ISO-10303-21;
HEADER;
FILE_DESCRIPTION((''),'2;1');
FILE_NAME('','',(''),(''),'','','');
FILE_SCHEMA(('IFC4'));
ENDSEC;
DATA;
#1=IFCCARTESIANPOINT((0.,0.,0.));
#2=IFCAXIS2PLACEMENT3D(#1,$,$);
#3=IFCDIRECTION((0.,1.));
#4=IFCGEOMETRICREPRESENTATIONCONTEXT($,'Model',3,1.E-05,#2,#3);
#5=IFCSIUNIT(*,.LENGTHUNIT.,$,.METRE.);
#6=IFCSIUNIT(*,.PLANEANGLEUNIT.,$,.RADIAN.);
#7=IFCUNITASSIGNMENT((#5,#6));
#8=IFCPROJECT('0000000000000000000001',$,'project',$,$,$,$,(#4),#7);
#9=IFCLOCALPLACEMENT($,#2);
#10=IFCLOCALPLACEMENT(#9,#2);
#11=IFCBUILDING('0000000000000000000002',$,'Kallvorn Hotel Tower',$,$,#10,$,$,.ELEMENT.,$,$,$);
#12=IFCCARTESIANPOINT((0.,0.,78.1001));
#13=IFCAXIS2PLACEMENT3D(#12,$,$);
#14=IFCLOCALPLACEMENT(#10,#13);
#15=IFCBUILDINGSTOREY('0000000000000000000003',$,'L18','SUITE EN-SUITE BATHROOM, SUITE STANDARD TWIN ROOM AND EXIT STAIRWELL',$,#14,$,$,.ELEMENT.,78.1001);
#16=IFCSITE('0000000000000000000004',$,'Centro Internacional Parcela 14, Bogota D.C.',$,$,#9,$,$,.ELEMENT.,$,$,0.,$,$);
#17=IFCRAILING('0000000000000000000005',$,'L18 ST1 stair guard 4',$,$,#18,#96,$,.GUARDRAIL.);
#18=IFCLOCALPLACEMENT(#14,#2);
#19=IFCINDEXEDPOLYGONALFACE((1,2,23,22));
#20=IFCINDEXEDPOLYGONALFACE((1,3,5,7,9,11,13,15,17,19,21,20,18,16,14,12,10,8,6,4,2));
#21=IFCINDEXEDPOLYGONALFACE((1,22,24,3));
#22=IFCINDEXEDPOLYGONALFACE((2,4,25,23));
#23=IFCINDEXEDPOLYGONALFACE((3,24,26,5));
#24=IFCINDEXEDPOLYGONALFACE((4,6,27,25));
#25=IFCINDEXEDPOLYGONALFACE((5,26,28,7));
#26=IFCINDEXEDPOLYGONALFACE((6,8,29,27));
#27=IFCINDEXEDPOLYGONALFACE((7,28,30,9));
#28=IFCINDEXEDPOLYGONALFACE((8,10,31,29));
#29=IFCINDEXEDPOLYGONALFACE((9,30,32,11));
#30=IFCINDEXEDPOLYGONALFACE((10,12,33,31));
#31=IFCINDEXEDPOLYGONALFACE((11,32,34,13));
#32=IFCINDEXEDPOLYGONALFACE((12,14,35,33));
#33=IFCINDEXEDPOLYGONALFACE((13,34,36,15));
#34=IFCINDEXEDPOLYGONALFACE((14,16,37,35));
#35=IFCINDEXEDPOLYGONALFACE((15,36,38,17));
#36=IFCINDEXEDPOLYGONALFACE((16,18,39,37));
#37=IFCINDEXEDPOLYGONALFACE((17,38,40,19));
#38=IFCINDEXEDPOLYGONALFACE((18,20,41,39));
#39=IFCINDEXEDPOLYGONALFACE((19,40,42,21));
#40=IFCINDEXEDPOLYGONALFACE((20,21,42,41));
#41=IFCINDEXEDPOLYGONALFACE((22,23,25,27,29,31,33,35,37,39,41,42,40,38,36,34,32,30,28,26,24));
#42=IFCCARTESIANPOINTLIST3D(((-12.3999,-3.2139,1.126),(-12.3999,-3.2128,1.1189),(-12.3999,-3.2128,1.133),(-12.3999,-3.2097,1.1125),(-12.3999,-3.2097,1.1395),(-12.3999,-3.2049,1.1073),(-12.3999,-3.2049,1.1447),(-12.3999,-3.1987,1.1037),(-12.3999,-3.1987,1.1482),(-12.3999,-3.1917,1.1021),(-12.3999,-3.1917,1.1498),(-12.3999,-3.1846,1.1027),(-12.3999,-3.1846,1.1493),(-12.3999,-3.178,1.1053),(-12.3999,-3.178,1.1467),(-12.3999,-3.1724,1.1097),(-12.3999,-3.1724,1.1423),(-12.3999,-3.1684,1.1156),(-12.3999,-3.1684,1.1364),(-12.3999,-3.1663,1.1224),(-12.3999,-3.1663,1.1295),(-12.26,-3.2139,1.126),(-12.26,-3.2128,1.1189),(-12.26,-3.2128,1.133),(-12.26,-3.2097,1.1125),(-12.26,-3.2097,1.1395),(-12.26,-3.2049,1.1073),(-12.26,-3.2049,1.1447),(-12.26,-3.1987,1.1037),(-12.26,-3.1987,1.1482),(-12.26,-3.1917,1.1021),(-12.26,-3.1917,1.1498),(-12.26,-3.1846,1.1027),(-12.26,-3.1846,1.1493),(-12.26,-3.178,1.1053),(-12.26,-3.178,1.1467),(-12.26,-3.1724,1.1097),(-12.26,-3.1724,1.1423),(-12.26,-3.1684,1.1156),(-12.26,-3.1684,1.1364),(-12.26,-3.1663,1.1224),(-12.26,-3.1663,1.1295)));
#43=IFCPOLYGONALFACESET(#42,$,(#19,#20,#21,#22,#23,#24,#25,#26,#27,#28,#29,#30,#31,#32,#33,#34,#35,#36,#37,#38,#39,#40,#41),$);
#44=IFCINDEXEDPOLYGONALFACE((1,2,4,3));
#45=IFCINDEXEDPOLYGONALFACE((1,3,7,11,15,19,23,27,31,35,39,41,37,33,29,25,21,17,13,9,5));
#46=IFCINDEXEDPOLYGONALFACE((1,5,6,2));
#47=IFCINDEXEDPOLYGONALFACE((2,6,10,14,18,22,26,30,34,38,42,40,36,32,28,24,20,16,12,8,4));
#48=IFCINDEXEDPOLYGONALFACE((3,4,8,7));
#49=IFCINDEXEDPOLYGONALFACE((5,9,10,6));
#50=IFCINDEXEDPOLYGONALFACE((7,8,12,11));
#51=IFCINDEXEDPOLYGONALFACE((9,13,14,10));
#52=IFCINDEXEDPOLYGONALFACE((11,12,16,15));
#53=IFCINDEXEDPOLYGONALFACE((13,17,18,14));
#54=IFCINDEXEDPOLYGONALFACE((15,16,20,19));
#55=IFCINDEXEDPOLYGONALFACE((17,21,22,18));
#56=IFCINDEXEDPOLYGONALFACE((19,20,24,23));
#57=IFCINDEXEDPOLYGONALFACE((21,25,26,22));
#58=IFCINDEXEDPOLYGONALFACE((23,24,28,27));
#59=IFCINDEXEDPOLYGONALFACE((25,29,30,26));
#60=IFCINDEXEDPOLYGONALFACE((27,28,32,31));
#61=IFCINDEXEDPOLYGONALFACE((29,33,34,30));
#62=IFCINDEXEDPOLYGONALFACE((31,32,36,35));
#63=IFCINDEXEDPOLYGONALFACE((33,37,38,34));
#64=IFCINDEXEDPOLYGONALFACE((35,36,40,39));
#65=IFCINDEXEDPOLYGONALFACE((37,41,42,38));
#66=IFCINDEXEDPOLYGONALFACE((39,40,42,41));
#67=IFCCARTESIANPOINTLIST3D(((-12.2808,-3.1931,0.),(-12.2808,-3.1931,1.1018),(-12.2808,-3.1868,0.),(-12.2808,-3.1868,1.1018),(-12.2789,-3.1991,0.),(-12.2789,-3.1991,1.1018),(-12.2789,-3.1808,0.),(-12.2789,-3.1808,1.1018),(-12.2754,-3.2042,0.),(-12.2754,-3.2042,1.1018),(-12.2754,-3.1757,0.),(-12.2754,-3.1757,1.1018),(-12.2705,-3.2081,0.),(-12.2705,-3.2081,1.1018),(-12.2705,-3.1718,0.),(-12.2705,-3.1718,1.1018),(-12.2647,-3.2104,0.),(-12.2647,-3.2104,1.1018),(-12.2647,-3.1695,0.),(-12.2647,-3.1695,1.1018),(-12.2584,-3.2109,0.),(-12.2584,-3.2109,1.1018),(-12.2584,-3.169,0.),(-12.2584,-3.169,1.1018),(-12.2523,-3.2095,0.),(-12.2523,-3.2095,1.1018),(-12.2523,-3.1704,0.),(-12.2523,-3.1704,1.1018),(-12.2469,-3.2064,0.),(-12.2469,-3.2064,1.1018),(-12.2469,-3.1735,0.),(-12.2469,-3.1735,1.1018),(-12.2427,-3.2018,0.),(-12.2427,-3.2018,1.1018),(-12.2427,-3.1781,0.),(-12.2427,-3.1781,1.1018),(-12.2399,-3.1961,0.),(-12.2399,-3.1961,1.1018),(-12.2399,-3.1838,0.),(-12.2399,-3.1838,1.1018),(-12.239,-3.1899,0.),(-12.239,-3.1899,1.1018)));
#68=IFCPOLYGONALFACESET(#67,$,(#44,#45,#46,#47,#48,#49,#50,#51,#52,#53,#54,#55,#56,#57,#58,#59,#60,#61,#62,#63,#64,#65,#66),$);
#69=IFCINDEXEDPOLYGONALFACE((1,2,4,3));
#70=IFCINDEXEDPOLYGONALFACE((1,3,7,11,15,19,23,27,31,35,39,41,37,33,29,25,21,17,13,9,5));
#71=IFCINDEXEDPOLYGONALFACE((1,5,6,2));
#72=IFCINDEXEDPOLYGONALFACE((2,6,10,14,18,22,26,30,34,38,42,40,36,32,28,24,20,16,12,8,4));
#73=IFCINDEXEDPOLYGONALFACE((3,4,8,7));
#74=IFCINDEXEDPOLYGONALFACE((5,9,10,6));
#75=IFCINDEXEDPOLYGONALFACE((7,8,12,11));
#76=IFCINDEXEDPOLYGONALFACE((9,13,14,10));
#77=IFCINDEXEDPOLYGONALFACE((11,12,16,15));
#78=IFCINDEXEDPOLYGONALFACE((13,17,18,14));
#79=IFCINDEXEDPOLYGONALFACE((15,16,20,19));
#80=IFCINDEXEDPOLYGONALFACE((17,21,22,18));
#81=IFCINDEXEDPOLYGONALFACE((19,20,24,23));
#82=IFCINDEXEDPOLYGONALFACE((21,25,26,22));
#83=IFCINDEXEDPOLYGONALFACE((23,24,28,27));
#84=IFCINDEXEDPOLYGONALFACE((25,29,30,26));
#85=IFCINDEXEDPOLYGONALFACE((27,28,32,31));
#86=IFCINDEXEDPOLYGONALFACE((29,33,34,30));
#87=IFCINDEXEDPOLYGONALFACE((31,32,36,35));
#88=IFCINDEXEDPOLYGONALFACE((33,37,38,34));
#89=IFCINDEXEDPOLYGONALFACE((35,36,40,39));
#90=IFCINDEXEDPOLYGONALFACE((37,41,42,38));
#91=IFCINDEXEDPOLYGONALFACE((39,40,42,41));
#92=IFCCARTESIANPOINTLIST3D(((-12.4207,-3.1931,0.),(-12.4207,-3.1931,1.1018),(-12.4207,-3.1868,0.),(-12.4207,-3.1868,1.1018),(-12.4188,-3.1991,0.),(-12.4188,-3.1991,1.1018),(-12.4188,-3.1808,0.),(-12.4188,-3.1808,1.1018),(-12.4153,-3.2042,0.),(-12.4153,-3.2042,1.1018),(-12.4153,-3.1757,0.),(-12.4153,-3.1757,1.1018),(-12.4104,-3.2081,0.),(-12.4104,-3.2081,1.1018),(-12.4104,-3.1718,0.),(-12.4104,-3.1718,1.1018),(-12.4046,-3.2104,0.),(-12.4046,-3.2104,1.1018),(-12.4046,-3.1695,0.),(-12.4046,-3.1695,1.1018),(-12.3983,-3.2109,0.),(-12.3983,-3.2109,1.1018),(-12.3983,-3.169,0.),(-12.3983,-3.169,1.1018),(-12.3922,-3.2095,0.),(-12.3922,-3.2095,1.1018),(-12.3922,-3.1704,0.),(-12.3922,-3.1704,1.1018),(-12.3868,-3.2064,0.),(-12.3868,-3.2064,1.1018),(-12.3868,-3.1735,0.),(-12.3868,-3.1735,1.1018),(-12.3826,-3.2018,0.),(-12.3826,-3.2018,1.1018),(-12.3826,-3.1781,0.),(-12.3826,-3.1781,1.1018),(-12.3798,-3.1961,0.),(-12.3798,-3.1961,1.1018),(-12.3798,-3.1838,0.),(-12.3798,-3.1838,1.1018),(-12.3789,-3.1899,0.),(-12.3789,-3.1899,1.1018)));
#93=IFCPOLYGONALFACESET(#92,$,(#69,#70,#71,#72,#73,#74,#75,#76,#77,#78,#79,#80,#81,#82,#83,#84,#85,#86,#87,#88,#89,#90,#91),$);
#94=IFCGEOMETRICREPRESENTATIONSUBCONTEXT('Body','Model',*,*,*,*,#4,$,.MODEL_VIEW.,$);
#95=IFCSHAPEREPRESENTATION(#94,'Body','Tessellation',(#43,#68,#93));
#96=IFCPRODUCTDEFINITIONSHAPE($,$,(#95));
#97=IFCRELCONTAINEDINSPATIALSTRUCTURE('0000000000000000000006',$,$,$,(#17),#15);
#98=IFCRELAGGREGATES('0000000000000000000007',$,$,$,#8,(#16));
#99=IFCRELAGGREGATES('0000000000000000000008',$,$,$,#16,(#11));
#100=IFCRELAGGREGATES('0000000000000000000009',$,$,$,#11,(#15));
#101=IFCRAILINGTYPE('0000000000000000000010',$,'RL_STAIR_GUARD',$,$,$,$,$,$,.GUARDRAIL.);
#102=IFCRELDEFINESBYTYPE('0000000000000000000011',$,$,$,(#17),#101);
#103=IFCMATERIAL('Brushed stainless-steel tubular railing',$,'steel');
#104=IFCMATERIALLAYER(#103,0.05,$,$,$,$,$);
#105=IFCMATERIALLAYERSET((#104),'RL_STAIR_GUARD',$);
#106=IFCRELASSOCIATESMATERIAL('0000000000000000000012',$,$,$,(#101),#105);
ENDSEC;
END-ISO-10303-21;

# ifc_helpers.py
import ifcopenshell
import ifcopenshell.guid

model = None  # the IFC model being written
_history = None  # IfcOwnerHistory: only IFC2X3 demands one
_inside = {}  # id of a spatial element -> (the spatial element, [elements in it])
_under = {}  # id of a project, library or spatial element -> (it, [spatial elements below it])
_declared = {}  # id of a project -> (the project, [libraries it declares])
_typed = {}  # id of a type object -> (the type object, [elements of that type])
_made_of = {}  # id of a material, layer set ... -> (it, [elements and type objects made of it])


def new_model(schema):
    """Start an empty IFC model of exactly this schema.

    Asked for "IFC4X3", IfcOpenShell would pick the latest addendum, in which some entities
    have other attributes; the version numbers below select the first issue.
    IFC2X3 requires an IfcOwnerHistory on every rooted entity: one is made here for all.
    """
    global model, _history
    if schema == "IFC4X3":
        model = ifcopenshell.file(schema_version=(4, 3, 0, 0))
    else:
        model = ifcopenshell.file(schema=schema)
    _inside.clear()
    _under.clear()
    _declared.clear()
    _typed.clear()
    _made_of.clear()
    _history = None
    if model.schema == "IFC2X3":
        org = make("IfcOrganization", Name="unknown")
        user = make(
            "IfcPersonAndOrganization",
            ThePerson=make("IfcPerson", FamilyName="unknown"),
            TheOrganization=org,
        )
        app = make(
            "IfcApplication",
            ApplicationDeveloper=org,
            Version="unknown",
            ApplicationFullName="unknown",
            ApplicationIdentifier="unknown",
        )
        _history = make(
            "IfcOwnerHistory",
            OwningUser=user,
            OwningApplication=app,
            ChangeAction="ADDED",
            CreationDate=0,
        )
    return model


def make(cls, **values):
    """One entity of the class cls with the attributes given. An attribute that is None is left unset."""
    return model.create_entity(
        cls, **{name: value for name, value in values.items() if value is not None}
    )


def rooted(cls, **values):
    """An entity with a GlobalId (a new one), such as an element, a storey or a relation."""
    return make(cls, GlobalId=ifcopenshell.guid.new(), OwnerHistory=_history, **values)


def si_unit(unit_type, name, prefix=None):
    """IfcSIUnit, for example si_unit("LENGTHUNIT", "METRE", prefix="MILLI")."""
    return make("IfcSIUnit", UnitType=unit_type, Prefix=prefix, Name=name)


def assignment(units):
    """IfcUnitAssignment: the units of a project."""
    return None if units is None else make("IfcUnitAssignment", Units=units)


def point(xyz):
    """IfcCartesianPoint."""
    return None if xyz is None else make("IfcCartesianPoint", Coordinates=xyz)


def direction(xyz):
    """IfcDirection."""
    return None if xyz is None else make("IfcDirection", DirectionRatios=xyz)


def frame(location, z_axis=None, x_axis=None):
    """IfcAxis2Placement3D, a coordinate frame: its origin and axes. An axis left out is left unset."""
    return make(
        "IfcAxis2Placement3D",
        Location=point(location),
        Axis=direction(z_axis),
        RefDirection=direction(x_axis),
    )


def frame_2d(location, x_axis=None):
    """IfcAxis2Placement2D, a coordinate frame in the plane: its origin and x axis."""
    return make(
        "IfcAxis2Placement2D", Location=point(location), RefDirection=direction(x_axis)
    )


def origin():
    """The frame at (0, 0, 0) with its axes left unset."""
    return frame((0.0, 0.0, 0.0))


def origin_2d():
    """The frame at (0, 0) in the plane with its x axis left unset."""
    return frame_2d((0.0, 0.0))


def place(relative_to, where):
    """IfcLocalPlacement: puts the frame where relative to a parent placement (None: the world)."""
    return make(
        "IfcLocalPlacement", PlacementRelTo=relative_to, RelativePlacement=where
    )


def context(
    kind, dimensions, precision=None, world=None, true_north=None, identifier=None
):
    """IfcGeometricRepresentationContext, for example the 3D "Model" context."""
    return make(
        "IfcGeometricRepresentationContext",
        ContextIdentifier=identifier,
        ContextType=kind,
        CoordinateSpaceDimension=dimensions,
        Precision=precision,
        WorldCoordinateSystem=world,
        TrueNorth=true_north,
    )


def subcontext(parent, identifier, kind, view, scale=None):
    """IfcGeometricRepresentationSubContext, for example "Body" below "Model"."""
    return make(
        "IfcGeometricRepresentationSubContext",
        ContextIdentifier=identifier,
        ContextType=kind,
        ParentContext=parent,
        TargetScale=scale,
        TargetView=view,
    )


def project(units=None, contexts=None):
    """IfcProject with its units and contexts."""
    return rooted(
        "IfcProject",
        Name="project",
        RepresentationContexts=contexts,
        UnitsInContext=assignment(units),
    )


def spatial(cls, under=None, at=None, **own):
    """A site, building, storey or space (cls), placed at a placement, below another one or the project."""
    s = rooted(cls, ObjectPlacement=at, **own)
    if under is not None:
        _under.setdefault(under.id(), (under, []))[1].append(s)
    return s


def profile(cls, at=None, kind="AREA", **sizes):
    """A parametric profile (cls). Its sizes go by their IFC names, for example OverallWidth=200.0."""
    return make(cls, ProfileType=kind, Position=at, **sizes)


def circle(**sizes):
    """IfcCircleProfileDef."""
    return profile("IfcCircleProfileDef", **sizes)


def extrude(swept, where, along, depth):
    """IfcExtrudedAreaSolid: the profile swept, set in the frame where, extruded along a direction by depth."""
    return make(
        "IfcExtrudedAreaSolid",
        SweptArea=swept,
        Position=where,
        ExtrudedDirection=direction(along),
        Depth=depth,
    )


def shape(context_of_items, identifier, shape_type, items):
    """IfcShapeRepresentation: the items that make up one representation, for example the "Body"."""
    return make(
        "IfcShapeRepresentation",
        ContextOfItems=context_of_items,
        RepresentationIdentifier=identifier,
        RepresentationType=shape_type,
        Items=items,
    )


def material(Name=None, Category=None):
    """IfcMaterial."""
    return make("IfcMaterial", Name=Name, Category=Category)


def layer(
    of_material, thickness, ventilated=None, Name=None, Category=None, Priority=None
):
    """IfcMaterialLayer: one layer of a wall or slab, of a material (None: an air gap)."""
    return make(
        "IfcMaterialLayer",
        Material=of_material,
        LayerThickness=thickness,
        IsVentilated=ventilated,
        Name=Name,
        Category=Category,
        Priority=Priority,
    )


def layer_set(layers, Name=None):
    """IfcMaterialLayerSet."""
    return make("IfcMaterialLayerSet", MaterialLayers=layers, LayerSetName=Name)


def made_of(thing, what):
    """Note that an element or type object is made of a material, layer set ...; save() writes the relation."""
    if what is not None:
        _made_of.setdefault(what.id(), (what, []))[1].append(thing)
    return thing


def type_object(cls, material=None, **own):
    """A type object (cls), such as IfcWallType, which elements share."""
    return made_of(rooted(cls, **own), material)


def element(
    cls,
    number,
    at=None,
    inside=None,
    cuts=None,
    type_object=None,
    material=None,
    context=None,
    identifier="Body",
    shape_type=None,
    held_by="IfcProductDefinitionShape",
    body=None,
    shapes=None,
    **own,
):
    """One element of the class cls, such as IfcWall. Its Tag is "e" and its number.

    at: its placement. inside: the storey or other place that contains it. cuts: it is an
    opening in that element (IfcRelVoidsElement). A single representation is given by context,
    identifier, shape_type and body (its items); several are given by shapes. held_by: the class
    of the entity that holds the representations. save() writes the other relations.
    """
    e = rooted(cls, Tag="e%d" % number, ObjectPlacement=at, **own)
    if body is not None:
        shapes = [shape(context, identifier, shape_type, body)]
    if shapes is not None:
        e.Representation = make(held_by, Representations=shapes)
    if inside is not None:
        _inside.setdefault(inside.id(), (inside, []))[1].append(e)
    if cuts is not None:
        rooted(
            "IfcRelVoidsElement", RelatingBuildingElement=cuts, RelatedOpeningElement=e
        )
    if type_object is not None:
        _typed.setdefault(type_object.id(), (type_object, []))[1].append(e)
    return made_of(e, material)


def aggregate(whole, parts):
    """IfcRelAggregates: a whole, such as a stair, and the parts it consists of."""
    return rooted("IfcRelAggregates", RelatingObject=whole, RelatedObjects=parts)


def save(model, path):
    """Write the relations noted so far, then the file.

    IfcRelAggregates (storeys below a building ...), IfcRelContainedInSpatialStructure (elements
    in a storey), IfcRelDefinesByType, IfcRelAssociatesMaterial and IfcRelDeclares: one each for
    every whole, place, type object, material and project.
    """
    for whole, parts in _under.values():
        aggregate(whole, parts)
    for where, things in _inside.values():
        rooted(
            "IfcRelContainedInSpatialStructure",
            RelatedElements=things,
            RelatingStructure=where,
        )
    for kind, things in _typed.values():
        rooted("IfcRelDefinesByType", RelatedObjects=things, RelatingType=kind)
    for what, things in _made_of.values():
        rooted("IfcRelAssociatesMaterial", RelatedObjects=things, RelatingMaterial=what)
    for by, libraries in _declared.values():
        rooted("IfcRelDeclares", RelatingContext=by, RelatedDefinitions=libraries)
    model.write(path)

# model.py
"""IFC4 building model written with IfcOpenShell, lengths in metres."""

from ifc_helpers import new_model, si_unit, direction, frame, origin, origin_2d, place, context, subcontext, project, spatial, circle, extrude, material, layer, layer_set, type_object, element, save


model = new_model("IFC4")

# Units and contexts
model_context = context("Model", 3, precision=1e-05, world=origin(), true_north=direction((0.0, 1.0)))
body_context = subcontext(model_context, "Body", "Model", "MODEL_VIEW")
ifc_project = project(units=[si_unit("LENGTHUNIT", "METRE"), si_unit("PLANEANGLEUNIT", "RADIAN")], contexts=[model_context])

# Site, building, storey
site_placement = place(None, origin())
site = spatial("IfcSite", under=ifc_project, at=site_placement, Name="Centro Internacional Parcela 14, Bogota D.C.", CompositionType="ELEMENT", RefElevation=0.0)
building_placement = place(site_placement, origin())
building = spatial("IfcBuilding", under=site, at=building_placement, Name="Kallvorn Hotel Tower", CompositionType="ELEMENT")
storey_placement = place(building_placement, frame((0.0, 0.0, 78.1001)))
storey = spatial("IfcBuildingStorey", under=building, at=storey_placement, Name="L18", Description="SUITE EN-SUITE BATHROOM, SUITE STANDARD TWIN ROOM AND EXIT STAIRWELL", CompositionType="ELEMENT", Elevation=78.1001)

# Railing
ifc_material_1 = material(Name="Brushed stainless-steel tubular railing", Category="steel")
ifc_layer_1 = layer(ifc_material_1, 0.05)
ifc_layer_set_1 = layer_set([ifc_layer_1], Name="RL_STAIR_GUARD")
railing_type_1 = type_object("IfcRailingType", Name="RL_STAIR_GUARD", PredefinedType="GUARDRAIL", material=ifc_layer_set_1)
railing_1_placement = place(storey_placement, frame((-12.26, -3.1899, 0.0)))
element("IfcRailing", 1, at=railing_1_placement, inside=storey, type_object=railing_type_1, Name="L18 ST1 stair guard 4", PredefinedType="GUARDRAIL", context=body_context, shape_type="SweptSolid", body=[
    extrude(circle(Radius=0.0239, at=origin_2d()), frame((0.0, 0.0, 1.126), z_axis=(-1.0, 0.0, 0.0), x_axis=(0.0, -1.0, 0.0)), (0.0, 0.0, 1.0), 0.1399),
    extrude(circle(Radius=0.021, at=origin_2d()), origin(), (0.0, 0.0, 1.0), 1.1018),
    extrude(circle(Radius=0.021, at=origin_2d()), frame((-0.1399, 0.0, 0.0)), (0.0, 0.0, 1.0), 1.1018),
])

save(model, "model.ifc")
